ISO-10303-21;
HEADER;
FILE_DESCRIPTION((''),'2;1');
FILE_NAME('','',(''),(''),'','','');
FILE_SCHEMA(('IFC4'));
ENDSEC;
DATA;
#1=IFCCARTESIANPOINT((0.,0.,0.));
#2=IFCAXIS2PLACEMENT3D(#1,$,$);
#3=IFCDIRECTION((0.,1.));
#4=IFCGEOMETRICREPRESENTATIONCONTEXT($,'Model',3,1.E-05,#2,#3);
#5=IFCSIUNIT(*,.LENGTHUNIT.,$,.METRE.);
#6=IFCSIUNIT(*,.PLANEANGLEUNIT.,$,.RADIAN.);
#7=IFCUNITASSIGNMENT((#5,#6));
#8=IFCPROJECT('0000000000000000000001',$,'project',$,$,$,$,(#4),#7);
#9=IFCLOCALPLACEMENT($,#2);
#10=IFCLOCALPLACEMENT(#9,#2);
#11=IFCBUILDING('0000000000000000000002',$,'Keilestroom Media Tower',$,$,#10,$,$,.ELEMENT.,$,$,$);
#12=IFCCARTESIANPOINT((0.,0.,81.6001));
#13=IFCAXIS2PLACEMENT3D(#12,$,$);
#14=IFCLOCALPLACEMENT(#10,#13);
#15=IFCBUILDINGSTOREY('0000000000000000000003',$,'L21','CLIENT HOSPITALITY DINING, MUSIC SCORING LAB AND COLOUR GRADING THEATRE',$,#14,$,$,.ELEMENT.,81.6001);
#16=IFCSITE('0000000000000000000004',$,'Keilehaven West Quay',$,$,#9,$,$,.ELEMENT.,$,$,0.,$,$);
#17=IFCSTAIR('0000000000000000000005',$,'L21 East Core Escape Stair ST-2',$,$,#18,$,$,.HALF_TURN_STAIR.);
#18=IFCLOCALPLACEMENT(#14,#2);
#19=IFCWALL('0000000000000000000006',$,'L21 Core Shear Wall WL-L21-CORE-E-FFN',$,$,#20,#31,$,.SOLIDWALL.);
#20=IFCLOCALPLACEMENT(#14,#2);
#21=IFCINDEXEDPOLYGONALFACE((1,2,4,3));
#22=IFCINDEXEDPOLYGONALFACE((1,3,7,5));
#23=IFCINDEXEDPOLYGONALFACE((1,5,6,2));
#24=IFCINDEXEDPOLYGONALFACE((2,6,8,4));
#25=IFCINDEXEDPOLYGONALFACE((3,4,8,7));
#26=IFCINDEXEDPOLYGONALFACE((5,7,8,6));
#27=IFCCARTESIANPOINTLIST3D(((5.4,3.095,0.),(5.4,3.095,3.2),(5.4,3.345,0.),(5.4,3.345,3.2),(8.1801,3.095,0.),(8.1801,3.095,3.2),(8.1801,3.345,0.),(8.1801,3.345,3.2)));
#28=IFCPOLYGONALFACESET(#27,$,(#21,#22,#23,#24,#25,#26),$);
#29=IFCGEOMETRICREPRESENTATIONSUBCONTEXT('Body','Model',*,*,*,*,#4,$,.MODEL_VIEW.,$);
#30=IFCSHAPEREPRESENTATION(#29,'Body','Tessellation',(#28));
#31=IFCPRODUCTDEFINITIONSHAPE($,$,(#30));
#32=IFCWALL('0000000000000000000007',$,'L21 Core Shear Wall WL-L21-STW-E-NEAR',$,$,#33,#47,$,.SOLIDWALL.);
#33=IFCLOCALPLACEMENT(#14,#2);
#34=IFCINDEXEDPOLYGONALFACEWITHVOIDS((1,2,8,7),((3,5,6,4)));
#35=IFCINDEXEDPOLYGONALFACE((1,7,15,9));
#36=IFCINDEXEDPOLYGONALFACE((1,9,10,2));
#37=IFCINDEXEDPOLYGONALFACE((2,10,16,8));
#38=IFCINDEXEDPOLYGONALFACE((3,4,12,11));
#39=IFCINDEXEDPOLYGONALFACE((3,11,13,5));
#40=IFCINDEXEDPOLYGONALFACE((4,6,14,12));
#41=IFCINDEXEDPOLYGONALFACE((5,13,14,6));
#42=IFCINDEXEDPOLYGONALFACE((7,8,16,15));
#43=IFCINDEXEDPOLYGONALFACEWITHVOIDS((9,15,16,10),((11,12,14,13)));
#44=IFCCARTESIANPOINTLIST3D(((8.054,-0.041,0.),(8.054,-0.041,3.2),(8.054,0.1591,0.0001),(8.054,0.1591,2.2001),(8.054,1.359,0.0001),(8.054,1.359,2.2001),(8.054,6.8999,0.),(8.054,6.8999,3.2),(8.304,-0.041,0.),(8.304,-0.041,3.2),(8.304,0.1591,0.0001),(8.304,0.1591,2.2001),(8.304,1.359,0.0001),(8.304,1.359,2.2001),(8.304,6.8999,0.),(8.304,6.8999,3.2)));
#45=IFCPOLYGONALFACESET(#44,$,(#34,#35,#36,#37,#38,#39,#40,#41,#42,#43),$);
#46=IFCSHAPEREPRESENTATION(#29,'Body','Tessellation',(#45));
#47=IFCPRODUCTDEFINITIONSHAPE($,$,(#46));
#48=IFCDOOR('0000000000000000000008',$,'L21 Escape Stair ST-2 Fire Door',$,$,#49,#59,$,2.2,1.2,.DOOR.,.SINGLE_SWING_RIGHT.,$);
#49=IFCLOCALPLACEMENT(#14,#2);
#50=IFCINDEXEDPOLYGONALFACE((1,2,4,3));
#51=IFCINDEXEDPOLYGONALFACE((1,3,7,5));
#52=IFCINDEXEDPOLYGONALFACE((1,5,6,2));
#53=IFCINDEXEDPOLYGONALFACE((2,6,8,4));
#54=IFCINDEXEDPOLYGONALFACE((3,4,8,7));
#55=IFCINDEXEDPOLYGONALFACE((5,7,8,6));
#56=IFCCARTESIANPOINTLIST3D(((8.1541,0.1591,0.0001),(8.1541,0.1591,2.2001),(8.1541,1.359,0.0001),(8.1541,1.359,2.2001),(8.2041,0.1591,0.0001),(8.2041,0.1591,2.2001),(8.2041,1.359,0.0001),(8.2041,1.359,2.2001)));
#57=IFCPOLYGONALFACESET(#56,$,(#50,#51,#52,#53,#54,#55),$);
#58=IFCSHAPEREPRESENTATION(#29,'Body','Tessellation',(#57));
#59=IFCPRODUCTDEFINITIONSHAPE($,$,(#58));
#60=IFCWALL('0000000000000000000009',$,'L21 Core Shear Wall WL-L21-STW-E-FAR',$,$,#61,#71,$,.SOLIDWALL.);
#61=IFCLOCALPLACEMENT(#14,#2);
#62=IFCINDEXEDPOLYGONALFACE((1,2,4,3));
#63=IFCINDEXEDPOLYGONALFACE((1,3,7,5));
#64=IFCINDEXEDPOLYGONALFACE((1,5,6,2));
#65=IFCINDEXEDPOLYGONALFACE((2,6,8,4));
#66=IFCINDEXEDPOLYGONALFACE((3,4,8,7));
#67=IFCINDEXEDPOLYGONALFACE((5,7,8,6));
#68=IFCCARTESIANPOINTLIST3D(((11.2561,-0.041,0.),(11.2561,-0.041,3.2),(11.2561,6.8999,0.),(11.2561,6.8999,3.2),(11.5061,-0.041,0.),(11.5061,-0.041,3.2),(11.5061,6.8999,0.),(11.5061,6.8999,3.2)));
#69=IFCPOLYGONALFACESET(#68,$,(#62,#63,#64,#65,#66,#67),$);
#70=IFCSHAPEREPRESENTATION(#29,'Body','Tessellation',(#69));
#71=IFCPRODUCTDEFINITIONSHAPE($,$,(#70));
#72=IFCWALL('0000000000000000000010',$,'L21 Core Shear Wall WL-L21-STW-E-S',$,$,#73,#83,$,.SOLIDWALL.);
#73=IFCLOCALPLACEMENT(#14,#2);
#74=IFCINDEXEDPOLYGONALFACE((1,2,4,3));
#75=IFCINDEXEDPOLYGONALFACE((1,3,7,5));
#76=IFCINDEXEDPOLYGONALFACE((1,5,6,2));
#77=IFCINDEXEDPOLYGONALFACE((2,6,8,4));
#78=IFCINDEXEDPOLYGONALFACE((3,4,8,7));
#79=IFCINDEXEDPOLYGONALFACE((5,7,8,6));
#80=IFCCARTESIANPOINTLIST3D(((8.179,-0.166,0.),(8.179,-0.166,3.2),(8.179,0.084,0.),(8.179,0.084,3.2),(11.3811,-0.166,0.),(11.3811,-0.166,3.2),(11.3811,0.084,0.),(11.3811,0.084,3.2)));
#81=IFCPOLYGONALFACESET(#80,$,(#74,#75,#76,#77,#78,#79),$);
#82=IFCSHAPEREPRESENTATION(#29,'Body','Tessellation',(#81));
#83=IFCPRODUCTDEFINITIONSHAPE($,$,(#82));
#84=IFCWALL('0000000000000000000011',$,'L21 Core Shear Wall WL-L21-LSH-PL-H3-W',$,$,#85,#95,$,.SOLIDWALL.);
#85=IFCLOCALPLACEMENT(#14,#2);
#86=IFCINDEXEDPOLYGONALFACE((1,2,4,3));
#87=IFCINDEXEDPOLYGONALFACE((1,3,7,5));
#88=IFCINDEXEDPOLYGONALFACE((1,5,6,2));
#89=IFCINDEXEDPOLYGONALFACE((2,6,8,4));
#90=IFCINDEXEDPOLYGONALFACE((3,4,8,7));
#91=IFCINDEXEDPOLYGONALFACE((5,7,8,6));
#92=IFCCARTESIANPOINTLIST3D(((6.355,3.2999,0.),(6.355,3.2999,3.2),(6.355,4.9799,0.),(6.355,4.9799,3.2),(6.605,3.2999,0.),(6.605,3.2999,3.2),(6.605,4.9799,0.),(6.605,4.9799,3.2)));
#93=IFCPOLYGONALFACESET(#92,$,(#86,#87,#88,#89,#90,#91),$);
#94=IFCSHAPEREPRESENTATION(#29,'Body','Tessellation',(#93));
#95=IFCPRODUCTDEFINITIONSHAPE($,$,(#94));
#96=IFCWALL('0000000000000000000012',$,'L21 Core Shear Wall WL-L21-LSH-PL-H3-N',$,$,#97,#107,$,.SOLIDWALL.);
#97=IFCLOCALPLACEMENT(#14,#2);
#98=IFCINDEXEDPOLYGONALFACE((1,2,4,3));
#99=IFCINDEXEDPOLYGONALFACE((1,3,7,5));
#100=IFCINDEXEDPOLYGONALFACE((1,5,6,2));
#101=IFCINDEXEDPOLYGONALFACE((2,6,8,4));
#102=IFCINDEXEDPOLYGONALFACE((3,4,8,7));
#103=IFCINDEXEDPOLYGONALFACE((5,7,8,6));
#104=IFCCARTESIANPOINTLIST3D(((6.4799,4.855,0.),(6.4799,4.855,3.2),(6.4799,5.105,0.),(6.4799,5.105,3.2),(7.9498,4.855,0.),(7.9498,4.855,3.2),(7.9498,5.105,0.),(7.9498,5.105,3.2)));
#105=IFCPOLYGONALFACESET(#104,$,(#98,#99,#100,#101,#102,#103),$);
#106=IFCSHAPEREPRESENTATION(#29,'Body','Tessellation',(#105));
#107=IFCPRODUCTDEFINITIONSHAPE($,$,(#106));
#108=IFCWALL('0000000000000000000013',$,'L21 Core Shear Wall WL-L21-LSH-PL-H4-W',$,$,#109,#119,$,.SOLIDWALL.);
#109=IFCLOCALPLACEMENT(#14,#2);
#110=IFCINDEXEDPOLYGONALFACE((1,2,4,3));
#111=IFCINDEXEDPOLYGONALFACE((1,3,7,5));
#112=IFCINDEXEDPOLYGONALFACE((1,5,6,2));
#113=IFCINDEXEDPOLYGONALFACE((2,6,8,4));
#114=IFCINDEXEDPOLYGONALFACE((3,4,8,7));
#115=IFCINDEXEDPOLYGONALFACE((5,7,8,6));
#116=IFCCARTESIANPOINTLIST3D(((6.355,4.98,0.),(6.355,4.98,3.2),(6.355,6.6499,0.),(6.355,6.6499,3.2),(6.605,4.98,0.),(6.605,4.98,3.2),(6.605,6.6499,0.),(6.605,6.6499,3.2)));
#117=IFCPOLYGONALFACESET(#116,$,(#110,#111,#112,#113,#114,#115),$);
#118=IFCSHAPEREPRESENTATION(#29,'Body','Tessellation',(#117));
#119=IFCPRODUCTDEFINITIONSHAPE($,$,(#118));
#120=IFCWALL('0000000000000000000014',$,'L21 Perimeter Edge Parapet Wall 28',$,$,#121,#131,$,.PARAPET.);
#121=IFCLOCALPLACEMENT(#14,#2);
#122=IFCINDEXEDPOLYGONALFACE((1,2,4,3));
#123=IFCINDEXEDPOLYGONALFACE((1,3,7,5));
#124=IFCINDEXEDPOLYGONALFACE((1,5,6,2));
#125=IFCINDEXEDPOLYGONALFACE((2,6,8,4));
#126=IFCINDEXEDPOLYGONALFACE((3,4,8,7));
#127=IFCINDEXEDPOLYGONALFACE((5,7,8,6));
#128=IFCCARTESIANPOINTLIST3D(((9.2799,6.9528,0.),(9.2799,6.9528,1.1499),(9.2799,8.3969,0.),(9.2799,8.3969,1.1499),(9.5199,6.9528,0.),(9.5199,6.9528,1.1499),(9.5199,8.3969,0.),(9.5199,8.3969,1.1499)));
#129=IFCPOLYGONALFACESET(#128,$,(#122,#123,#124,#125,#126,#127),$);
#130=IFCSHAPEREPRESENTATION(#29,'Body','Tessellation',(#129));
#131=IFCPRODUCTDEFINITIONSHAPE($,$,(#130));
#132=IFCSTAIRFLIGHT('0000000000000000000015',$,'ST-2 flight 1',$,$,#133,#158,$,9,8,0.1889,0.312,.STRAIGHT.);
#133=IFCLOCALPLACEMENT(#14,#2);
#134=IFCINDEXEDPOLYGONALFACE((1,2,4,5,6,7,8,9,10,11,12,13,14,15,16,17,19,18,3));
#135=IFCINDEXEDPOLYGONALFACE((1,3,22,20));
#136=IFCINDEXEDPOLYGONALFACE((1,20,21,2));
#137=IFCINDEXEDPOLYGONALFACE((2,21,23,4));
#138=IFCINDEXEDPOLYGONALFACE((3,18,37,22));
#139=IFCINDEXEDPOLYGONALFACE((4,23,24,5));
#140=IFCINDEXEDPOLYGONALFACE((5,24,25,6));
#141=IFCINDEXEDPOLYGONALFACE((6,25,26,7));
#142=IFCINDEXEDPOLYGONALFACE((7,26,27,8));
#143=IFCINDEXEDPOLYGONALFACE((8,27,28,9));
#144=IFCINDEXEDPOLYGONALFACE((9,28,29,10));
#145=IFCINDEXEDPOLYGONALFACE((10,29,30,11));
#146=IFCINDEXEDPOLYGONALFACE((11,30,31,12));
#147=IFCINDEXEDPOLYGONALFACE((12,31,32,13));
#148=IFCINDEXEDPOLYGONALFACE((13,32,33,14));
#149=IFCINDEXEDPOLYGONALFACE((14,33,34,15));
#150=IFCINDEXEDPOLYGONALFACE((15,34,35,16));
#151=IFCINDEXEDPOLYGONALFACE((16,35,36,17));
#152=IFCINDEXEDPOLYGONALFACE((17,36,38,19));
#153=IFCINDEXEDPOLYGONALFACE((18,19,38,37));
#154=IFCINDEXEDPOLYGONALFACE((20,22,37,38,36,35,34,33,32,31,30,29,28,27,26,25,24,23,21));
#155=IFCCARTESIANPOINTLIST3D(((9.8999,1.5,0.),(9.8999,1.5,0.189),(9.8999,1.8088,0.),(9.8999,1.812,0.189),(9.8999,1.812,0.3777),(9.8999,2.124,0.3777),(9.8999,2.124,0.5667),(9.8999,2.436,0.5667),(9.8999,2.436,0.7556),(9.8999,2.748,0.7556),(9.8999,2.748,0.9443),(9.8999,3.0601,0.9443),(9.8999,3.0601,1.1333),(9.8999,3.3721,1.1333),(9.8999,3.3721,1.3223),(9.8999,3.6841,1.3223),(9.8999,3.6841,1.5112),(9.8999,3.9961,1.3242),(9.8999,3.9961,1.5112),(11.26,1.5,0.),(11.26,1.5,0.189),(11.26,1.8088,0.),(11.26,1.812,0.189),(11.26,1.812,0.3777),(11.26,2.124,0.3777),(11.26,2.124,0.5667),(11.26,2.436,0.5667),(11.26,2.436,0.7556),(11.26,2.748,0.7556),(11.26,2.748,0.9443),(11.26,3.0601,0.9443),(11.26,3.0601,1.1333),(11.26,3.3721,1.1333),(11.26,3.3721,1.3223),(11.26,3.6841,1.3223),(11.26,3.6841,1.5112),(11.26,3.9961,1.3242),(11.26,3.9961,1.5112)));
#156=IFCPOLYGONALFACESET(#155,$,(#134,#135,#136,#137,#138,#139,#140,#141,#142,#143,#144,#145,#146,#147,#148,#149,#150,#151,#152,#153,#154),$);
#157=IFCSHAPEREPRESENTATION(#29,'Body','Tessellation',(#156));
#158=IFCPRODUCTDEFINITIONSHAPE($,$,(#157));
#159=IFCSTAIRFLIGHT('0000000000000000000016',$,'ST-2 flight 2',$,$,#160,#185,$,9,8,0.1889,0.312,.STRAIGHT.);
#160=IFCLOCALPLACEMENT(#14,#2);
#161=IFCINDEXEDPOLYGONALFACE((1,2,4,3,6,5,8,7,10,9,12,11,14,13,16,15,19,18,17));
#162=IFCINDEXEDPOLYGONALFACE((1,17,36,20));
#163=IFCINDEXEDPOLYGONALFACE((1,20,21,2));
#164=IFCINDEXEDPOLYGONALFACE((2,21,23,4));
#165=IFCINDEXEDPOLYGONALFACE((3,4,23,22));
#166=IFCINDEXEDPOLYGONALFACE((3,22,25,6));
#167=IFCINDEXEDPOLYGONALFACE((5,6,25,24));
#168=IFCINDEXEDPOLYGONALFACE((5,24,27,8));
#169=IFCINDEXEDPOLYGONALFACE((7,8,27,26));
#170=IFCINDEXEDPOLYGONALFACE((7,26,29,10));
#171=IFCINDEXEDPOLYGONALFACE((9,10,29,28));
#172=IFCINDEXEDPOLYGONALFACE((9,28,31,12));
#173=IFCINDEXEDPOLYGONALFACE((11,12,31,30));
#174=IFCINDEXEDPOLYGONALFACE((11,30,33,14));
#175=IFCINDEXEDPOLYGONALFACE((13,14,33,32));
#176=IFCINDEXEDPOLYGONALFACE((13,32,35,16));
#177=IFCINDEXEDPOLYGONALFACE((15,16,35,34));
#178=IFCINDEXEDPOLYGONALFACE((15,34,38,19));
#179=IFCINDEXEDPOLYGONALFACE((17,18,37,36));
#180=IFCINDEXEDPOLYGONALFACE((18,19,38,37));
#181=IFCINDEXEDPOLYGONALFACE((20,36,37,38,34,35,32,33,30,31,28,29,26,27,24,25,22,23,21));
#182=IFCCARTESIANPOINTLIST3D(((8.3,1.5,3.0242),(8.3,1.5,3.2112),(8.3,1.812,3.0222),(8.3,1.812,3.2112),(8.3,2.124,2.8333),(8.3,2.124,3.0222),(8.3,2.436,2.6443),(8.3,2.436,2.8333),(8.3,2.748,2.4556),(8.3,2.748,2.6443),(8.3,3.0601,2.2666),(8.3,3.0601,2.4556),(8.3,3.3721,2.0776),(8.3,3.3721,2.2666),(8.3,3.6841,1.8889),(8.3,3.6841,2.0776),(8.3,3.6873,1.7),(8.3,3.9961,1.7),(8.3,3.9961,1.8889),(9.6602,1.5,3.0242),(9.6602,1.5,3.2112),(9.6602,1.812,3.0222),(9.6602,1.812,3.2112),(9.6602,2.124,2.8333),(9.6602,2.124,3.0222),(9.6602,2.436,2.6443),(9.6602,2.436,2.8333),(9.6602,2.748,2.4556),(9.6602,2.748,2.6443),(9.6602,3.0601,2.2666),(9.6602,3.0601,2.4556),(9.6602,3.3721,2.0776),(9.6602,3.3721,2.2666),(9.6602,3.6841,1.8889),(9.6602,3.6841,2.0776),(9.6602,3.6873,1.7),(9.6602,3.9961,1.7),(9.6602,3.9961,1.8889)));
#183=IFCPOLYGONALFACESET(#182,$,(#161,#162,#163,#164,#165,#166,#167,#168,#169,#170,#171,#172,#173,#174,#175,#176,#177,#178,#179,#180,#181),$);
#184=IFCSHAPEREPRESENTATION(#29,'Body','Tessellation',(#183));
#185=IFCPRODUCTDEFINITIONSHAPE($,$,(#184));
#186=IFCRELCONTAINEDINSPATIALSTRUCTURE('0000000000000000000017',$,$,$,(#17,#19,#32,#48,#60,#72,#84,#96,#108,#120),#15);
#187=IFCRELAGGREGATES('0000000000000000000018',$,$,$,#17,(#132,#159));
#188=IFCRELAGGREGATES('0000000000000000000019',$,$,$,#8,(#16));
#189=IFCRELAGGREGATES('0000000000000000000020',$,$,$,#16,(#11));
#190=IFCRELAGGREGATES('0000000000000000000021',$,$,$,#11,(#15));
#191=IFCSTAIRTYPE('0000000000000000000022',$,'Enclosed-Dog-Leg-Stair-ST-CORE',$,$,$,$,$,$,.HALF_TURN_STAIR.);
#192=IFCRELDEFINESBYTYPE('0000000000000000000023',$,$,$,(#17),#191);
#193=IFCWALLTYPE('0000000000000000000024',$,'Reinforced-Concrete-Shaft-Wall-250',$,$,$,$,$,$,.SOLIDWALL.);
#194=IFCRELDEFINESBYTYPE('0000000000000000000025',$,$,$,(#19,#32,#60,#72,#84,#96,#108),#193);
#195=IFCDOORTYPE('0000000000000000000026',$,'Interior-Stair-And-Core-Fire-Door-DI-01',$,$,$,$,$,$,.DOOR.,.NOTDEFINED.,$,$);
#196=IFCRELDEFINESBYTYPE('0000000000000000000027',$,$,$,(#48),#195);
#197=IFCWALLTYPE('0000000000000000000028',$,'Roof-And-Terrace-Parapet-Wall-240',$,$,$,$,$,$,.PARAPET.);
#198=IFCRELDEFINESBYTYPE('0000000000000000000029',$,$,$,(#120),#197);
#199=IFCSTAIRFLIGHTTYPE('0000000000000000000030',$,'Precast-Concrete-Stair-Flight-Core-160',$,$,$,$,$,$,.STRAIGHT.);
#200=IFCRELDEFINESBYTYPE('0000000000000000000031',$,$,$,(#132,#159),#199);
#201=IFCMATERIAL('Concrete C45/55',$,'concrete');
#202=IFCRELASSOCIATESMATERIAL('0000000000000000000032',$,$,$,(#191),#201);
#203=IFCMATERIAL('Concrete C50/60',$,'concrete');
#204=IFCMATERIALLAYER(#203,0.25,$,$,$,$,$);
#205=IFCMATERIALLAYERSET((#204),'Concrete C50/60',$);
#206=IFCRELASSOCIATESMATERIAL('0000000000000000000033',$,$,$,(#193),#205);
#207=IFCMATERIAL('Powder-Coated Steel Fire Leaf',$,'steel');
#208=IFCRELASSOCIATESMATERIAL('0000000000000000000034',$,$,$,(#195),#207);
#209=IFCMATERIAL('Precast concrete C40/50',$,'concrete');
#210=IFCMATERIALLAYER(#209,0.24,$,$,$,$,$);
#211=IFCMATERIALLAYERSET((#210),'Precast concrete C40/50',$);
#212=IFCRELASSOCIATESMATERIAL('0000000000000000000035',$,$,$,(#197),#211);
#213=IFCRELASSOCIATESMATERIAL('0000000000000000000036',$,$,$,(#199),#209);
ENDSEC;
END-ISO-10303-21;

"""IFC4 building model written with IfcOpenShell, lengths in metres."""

from ifc_helpers import new_model, si_unit, direction, frame, frame_2d, origin, place, context, subcontext, project, spatial, polyline, rectangle, outline, extrude, source, transform, mapped, material, layer, layer_set, type_object, element, fill, aggregate, save


model = new_model("IFC4")

# Units and contexts
model_context = context("Model", 3, precision=1e-05, world=origin(), true_north=direction((0.0, 1.0)))
body_context = subcontext(model_context, "Body", "Model", "MODEL_VIEW")
ifc_project = project(units=[si_unit("LENGTHUNIT", "METRE"), si_unit("PLANEANGLEUNIT", "RADIAN")], contexts=[model_context])

# Site, building, storey
site_placement = place(None, origin())
site = spatial("IfcSite", under=ifc_project, at=site_placement, Name="Keilehaven West Quay", CompositionType="ELEMENT", RefElevation=0.0)
building_placement = place(site_placement, origin())
building = spatial("IfcBuilding", under=site, at=building_placement, Name="Keilestroom Media Tower", CompositionType="ELEMENT")
storey_placement = place(building_placement, frame((0.0, 0.0, 81.6001)))
storey = spatial("IfcBuildingStorey", under=building, at=storey_placement, Name="L21", Description="CLIENT HOSPITALITY DINING, MUSIC SCORING LAB AND COLOUR GRADING THEATRE", CompositionType="ELEMENT", Elevation=81.6001)

# Stair
ifc_material_1 = material(Name="Concrete C45/55", Category="concrete")
stair_type = type_object("IfcStairType", Name="Enclosed-Dog-Leg-Stair-ST-CORE", PredefinedType="HALF_TURN_STAIR", material=ifc_material_1)
stair_1_placement = place(storey_placement, origin())
stair_1 = element("IfcStair", 1, at=stair_1_placement, inside=storey, type_object=stair_type, Name="L21 East Core Escape Stair ST-2", PredefinedType="HALF_TURN_STAIR")

# Wall
ifc_material_2 = material(Name="Concrete C50/60", Category="concrete")
ifc_layer_1 = layer(ifc_material_2, 0.25)
ifc_layer_set_1 = layer_set([ifc_layer_1], Name="Concrete C50/60")
wall_type_1 = type_object("IfcWallType", Name="Reinforced-Concrete-Shaft-Wall-250", PredefinedType="SOLIDWALL", material=ifc_layer_set_1)
wall_1_placement = place(storey_placement, frame((5.3999, 3.22, 0.0), z_axis=(0.0, 0.0, 1.0), x_axis=(1.0, 0.0, 0.0)))
element("IfcWall", 2, at=wall_1_placement, inside=storey, type_object=wall_type_1, Name="L21 Core Shear Wall WL-L21-CORE-E-FFN", PredefinedType="SOLIDWALL", context=body_context, shape_type="SweptSolid", body=[
    extrude(rectangle(XDim=2.78, YDim=0.25, at=frame_2d((1.3901, 0.0))), origin(), (0.0, 0.0, 1.0), 3.2),
])

# Wall, opening, door
wall_2_placement = place(storey_placement, frame((8.179, -0.041, 0.0), z_axis=(0.0, 0.0, 1.0), x_axis=(0.0, 1.0, 0.0)))
wall_2 = element("IfcWall", 3, at=wall_2_placement, inside=storey, type_object=wall_type_1, Name="L21 Core Shear Wall WL-L21-STW-E-NEAR", PredefinedType="SOLIDWALL", context=body_context, shape_type="SweptSolid", body=[
    extrude(rectangle(XDim=6.9409, YDim=0.25, at=frame_2d((3.4705, 0.0))), origin(), (0.0, 0.0, 1.0), 3.2),
])
opening_placement = place(wall_2_placement, frame((0.2, 0.0, 0.0)))
opening = element("IfcOpeningElement", 4, at=opening_placement, cuts=wall_2, PredefinedType="OPENING", context=body_context, shape_type="SweptSolid", body=[
    extrude(rectangle(XDim=1.2, YDim=2.2, at=frame_2d((0.6001, 1.1001))), frame((0.0, 0.135, 0.0), z_axis=(0.0, -1.0, 0.0), x_axis=(1.0, 0.0, 0.0)), (0.0, 0.0, 1.0), 0.27),
])
ifc_material_3 = material(Name="Powder-Coated Steel Fire Leaf", Category="steel")
door_type = type_object("IfcDoorType", Name="Interior-Stair-And-Core-Fire-Door-DI-01", OperationType="NOTDEFINED", PredefinedType="DOOR", material=ifc_material_3)
shared_shape_1 = source(origin(), body_context, "Body", "SweptSolid", [
    extrude(rectangle(XDim=1.2, YDim=2.2, at=frame_2d((0.6001, 1.1001))), frame((0.0, 0.0249, 0.0), z_axis=(0.0, -1.0, 0.0), x_axis=(1.0, 0.0, 0.0)), (0.0, 0.0, 1.0), 0.05),
])
door_placement = place(opening_placement, origin())
door = element("IfcDoor", 5, at=door_placement, inside=storey, type_object=door_type, Name="L21 Escape Stair ST-2 Fire Door", OperationType="SINGLE_SWING_RIGHT", OverallHeight=2.2, OverallWidth=1.2, PredefinedType="DOOR", context=body_context, shape_type="MappedRepresentation", body=[
    mapped(shared_shape_1, transform((0.0, 0.0, 0.0), x_axis=(1.0, 0.0, 0.0), y_axis=(0.0, 1.0, 0.0), z_axis=(0.0, 0.0, 1.0), scale=1.0)),
])
fill(opening, door)

# Walls
wall_3_placement = place(storey_placement, frame((11.3811, -0.041, 0.0), z_axis=(0.0, 0.0, 1.0), x_axis=(0.0, 1.0, 0.0)))
element("IfcWall", 6, at=wall_3_placement, inside=storey, type_object=wall_type_1, Name="L21 Core Shear Wall WL-L21-STW-E-FAR", PredefinedType="SOLIDWALL", context=body_context, shape_type="SweptSolid", body=[
    extrude(rectangle(XDim=6.9409, YDim=0.25, at=frame_2d((3.4705, 0.0))), origin(), (0.0, 0.0, 1.0), 3.2),
])
wall_4_placement = place(storey_placement, frame((8.179, -0.041, 0.0), z_axis=(0.0, 0.0, 1.0), x_axis=(1.0, 0.0, 0.0)))
element("IfcWall", 7, at=wall_4_placement, inside=storey, type_object=wall_type_1, Name="L21 Core Shear Wall WL-L21-STW-E-S", PredefinedType="SOLIDWALL", context=body_context, shape_type="SweptSolid", body=[
    extrude(rectangle(XDim=3.2021, YDim=0.25, at=frame_2d((1.6011, 0.0))), origin(), (0.0, 0.0, 1.0), 3.2),
])
wall_5_placement = place(storey_placement, frame((6.48, 3.3, 0.0), z_axis=(0.0, 0.0, 1.0), x_axis=(0.0, 1.0, 0.0)))
element("IfcWall", 8, at=wall_5_placement, inside=storey, type_object=wall_type_1, Name="L21 Core Shear Wall WL-L21-LSH-PL-H3-W", PredefinedType="SOLIDWALL", context=body_context, shape_type="SweptSolid", body=[
    extrude(rectangle(XDim=1.6799, YDim=0.25, at=frame_2d((0.8398, 0.0))), origin(), (0.0, 0.0, 1.0), 3.2),
])
wall_6_placement = place(storey_placement, frame((6.48, 4.98, 0.0), z_axis=(0.0, 0.0, 1.0), x_axis=(1.0, 0.0, 0.0)))
element("IfcWall", 9, at=wall_6_placement, inside=storey, type_object=wall_type_1, Name="L21 Core Shear Wall WL-L21-LSH-PL-H3-N", PredefinedType="SOLIDWALL", context=body_context, shape_type="SweptSolid", body=[
    extrude(rectangle(XDim=1.47, YDim=0.25, at=frame_2d((0.7349, 0.0))), origin(), (0.0, 0.0, 1.0), 3.2),
])
wall_7_placement = place(storey_placement, frame((6.48, 4.98, 0.0), z_axis=(0.0, 0.0, 1.0), x_axis=(0.0, 1.0, 0.0)))
element("IfcWall", 10, at=wall_7_placement, inside=storey, type_object=wall_type_1, Name="L21 Core Shear Wall WL-L21-LSH-PL-H4-W", PredefinedType="SOLIDWALL", context=body_context, shape_type="SweptSolid", body=[
    extrude(rectangle(XDim=1.6699, YDim=0.25, at=frame_2d((0.835, 0.0))), origin(), (0.0, 0.0, 1.0), 3.2),
])
ifc_material_4 = material(Name="Precast concrete C40/50", Category="concrete")
ifc_layer_2 = layer(ifc_material_4, 0.24)
ifc_layer_set_2 = layer_set([ifc_layer_2], Name="Precast concrete C40/50")
wall_type_2 = type_object("IfcWallType", Name="Roof-And-Terrace-Parapet-Wall-240", PredefinedType="PARAPET", material=ifc_layer_set_2)
wall_8_placement = place(storey_placement, frame((9.3999, 8.397, 0.0), z_axis=(0.0, 0.0, 1.0), x_axis=(0.0, -1.0, 0.0)))
element("IfcWall", 11, at=wall_8_placement, inside=storey, type_object=wall_type_2, Name="L21 Perimeter Edge Parapet Wall 28", PredefinedType="PARAPET", context=body_context, shape_type="SweptSolid", body=[
    extrude(rectangle(XDim=1.4441, YDim=0.24, at=frame_2d((0.7222, 0.0))), origin(), (0.0, 0.0, 1.0), 1.1499),
])

# Stair flights
stair_flight_type = type_object("IfcStairFlightType", Name="Precast-Concrete-Stair-Flight-Core-160", PredefinedType="STRAIGHT", material=ifc_material_4)
stair_flight_1_placement = place(storey_placement, frame((10.5801, 1.5, 0.0), z_axis=(0.0, 0.0, 1.0), x_axis=(0.0, 1.0, 0.0)))
stair_flight_1 = element("IfcStairFlight", 12, at=stair_flight_1_placement, type_object=stair_flight_type, Name="ST-2 flight 1", NumberOfRisers=9, NumberOfTreads=8, PredefinedType="STRAIGHT", RiserHeight=0.1889, TreadLength=0.312, context=body_context, shape_type="SweptSolid", body=[
    extrude(outline(polyline([(0.0, 0.0), (0.0, 0.189), (0.312, 0.189), (0.312, 0.3777), (0.624, 0.3777), (0.624, 0.5667), (0.936, 0.5667), (0.936, 0.7556), (1.248, 0.7556), (1.248, 0.9443), (1.5601, 0.9443), (1.5601, 1.1333), (1.8721, 1.1333), (1.8721, 1.3223), (2.1841, 1.3223), (2.1841, 1.5112), (2.4961, 1.5112), (2.4961, 1.7), (2.4961, 1.3242), (0.3088, 0.0), (0.0, 0.0)])), frame((0.0, 0.6802, 0.0), z_axis=(0.0, -1.0, 0.0), x_axis=(1.0, 0.0, 0.0)), (0.0, 0.0, 1.0), 1.3601),
])
stair_flight_2_placement = place(storey_placement, frame((8.98, 3.9961, 1.7), z_axis=(0.0, 0.0, 1.0), x_axis=(0.0, -1.0, 0.0)))
stair_flight_2 = element("IfcStairFlight", 13, at=stair_flight_2_placement, type_object=stair_flight_type, Name="ST-2 flight 2", NumberOfRisers=9, NumberOfTreads=8, PredefinedType="STRAIGHT", RiserHeight=0.1889, TreadLength=0.312, context=body_context, shape_type="SweptSolid", body=[
    extrude(outline(polyline([(0.0, 0.0), (0.0, 0.189), (0.312, 0.189), (0.312, 0.3777), (0.624, 0.3777), (0.624, 0.5667), (0.936, 0.5667), (0.936, 0.7556), (1.248, 0.7556), (1.248, 0.9443), (1.5601, 0.9443), (1.5601, 1.1333), (1.8721, 1.1333), (1.8721, 1.3223), (2.1841, 1.3223), (2.1841, 1.5112), (2.4961, 1.5112), (2.4961, 1.7), (2.4961, 1.3242), (0.3088, 0.0), (0.0, 0.0)])), frame((0.0, 0.6802, 0.0), z_axis=(0.0, -1.0, 0.0), x_axis=(1.0, 0.0, 0.0)), (0.0, 0.0, 1.0), 1.3601),
])
aggregate(stair_1, [stair_flight_1, stair_flight_2])

save(model, "model.ifc")
